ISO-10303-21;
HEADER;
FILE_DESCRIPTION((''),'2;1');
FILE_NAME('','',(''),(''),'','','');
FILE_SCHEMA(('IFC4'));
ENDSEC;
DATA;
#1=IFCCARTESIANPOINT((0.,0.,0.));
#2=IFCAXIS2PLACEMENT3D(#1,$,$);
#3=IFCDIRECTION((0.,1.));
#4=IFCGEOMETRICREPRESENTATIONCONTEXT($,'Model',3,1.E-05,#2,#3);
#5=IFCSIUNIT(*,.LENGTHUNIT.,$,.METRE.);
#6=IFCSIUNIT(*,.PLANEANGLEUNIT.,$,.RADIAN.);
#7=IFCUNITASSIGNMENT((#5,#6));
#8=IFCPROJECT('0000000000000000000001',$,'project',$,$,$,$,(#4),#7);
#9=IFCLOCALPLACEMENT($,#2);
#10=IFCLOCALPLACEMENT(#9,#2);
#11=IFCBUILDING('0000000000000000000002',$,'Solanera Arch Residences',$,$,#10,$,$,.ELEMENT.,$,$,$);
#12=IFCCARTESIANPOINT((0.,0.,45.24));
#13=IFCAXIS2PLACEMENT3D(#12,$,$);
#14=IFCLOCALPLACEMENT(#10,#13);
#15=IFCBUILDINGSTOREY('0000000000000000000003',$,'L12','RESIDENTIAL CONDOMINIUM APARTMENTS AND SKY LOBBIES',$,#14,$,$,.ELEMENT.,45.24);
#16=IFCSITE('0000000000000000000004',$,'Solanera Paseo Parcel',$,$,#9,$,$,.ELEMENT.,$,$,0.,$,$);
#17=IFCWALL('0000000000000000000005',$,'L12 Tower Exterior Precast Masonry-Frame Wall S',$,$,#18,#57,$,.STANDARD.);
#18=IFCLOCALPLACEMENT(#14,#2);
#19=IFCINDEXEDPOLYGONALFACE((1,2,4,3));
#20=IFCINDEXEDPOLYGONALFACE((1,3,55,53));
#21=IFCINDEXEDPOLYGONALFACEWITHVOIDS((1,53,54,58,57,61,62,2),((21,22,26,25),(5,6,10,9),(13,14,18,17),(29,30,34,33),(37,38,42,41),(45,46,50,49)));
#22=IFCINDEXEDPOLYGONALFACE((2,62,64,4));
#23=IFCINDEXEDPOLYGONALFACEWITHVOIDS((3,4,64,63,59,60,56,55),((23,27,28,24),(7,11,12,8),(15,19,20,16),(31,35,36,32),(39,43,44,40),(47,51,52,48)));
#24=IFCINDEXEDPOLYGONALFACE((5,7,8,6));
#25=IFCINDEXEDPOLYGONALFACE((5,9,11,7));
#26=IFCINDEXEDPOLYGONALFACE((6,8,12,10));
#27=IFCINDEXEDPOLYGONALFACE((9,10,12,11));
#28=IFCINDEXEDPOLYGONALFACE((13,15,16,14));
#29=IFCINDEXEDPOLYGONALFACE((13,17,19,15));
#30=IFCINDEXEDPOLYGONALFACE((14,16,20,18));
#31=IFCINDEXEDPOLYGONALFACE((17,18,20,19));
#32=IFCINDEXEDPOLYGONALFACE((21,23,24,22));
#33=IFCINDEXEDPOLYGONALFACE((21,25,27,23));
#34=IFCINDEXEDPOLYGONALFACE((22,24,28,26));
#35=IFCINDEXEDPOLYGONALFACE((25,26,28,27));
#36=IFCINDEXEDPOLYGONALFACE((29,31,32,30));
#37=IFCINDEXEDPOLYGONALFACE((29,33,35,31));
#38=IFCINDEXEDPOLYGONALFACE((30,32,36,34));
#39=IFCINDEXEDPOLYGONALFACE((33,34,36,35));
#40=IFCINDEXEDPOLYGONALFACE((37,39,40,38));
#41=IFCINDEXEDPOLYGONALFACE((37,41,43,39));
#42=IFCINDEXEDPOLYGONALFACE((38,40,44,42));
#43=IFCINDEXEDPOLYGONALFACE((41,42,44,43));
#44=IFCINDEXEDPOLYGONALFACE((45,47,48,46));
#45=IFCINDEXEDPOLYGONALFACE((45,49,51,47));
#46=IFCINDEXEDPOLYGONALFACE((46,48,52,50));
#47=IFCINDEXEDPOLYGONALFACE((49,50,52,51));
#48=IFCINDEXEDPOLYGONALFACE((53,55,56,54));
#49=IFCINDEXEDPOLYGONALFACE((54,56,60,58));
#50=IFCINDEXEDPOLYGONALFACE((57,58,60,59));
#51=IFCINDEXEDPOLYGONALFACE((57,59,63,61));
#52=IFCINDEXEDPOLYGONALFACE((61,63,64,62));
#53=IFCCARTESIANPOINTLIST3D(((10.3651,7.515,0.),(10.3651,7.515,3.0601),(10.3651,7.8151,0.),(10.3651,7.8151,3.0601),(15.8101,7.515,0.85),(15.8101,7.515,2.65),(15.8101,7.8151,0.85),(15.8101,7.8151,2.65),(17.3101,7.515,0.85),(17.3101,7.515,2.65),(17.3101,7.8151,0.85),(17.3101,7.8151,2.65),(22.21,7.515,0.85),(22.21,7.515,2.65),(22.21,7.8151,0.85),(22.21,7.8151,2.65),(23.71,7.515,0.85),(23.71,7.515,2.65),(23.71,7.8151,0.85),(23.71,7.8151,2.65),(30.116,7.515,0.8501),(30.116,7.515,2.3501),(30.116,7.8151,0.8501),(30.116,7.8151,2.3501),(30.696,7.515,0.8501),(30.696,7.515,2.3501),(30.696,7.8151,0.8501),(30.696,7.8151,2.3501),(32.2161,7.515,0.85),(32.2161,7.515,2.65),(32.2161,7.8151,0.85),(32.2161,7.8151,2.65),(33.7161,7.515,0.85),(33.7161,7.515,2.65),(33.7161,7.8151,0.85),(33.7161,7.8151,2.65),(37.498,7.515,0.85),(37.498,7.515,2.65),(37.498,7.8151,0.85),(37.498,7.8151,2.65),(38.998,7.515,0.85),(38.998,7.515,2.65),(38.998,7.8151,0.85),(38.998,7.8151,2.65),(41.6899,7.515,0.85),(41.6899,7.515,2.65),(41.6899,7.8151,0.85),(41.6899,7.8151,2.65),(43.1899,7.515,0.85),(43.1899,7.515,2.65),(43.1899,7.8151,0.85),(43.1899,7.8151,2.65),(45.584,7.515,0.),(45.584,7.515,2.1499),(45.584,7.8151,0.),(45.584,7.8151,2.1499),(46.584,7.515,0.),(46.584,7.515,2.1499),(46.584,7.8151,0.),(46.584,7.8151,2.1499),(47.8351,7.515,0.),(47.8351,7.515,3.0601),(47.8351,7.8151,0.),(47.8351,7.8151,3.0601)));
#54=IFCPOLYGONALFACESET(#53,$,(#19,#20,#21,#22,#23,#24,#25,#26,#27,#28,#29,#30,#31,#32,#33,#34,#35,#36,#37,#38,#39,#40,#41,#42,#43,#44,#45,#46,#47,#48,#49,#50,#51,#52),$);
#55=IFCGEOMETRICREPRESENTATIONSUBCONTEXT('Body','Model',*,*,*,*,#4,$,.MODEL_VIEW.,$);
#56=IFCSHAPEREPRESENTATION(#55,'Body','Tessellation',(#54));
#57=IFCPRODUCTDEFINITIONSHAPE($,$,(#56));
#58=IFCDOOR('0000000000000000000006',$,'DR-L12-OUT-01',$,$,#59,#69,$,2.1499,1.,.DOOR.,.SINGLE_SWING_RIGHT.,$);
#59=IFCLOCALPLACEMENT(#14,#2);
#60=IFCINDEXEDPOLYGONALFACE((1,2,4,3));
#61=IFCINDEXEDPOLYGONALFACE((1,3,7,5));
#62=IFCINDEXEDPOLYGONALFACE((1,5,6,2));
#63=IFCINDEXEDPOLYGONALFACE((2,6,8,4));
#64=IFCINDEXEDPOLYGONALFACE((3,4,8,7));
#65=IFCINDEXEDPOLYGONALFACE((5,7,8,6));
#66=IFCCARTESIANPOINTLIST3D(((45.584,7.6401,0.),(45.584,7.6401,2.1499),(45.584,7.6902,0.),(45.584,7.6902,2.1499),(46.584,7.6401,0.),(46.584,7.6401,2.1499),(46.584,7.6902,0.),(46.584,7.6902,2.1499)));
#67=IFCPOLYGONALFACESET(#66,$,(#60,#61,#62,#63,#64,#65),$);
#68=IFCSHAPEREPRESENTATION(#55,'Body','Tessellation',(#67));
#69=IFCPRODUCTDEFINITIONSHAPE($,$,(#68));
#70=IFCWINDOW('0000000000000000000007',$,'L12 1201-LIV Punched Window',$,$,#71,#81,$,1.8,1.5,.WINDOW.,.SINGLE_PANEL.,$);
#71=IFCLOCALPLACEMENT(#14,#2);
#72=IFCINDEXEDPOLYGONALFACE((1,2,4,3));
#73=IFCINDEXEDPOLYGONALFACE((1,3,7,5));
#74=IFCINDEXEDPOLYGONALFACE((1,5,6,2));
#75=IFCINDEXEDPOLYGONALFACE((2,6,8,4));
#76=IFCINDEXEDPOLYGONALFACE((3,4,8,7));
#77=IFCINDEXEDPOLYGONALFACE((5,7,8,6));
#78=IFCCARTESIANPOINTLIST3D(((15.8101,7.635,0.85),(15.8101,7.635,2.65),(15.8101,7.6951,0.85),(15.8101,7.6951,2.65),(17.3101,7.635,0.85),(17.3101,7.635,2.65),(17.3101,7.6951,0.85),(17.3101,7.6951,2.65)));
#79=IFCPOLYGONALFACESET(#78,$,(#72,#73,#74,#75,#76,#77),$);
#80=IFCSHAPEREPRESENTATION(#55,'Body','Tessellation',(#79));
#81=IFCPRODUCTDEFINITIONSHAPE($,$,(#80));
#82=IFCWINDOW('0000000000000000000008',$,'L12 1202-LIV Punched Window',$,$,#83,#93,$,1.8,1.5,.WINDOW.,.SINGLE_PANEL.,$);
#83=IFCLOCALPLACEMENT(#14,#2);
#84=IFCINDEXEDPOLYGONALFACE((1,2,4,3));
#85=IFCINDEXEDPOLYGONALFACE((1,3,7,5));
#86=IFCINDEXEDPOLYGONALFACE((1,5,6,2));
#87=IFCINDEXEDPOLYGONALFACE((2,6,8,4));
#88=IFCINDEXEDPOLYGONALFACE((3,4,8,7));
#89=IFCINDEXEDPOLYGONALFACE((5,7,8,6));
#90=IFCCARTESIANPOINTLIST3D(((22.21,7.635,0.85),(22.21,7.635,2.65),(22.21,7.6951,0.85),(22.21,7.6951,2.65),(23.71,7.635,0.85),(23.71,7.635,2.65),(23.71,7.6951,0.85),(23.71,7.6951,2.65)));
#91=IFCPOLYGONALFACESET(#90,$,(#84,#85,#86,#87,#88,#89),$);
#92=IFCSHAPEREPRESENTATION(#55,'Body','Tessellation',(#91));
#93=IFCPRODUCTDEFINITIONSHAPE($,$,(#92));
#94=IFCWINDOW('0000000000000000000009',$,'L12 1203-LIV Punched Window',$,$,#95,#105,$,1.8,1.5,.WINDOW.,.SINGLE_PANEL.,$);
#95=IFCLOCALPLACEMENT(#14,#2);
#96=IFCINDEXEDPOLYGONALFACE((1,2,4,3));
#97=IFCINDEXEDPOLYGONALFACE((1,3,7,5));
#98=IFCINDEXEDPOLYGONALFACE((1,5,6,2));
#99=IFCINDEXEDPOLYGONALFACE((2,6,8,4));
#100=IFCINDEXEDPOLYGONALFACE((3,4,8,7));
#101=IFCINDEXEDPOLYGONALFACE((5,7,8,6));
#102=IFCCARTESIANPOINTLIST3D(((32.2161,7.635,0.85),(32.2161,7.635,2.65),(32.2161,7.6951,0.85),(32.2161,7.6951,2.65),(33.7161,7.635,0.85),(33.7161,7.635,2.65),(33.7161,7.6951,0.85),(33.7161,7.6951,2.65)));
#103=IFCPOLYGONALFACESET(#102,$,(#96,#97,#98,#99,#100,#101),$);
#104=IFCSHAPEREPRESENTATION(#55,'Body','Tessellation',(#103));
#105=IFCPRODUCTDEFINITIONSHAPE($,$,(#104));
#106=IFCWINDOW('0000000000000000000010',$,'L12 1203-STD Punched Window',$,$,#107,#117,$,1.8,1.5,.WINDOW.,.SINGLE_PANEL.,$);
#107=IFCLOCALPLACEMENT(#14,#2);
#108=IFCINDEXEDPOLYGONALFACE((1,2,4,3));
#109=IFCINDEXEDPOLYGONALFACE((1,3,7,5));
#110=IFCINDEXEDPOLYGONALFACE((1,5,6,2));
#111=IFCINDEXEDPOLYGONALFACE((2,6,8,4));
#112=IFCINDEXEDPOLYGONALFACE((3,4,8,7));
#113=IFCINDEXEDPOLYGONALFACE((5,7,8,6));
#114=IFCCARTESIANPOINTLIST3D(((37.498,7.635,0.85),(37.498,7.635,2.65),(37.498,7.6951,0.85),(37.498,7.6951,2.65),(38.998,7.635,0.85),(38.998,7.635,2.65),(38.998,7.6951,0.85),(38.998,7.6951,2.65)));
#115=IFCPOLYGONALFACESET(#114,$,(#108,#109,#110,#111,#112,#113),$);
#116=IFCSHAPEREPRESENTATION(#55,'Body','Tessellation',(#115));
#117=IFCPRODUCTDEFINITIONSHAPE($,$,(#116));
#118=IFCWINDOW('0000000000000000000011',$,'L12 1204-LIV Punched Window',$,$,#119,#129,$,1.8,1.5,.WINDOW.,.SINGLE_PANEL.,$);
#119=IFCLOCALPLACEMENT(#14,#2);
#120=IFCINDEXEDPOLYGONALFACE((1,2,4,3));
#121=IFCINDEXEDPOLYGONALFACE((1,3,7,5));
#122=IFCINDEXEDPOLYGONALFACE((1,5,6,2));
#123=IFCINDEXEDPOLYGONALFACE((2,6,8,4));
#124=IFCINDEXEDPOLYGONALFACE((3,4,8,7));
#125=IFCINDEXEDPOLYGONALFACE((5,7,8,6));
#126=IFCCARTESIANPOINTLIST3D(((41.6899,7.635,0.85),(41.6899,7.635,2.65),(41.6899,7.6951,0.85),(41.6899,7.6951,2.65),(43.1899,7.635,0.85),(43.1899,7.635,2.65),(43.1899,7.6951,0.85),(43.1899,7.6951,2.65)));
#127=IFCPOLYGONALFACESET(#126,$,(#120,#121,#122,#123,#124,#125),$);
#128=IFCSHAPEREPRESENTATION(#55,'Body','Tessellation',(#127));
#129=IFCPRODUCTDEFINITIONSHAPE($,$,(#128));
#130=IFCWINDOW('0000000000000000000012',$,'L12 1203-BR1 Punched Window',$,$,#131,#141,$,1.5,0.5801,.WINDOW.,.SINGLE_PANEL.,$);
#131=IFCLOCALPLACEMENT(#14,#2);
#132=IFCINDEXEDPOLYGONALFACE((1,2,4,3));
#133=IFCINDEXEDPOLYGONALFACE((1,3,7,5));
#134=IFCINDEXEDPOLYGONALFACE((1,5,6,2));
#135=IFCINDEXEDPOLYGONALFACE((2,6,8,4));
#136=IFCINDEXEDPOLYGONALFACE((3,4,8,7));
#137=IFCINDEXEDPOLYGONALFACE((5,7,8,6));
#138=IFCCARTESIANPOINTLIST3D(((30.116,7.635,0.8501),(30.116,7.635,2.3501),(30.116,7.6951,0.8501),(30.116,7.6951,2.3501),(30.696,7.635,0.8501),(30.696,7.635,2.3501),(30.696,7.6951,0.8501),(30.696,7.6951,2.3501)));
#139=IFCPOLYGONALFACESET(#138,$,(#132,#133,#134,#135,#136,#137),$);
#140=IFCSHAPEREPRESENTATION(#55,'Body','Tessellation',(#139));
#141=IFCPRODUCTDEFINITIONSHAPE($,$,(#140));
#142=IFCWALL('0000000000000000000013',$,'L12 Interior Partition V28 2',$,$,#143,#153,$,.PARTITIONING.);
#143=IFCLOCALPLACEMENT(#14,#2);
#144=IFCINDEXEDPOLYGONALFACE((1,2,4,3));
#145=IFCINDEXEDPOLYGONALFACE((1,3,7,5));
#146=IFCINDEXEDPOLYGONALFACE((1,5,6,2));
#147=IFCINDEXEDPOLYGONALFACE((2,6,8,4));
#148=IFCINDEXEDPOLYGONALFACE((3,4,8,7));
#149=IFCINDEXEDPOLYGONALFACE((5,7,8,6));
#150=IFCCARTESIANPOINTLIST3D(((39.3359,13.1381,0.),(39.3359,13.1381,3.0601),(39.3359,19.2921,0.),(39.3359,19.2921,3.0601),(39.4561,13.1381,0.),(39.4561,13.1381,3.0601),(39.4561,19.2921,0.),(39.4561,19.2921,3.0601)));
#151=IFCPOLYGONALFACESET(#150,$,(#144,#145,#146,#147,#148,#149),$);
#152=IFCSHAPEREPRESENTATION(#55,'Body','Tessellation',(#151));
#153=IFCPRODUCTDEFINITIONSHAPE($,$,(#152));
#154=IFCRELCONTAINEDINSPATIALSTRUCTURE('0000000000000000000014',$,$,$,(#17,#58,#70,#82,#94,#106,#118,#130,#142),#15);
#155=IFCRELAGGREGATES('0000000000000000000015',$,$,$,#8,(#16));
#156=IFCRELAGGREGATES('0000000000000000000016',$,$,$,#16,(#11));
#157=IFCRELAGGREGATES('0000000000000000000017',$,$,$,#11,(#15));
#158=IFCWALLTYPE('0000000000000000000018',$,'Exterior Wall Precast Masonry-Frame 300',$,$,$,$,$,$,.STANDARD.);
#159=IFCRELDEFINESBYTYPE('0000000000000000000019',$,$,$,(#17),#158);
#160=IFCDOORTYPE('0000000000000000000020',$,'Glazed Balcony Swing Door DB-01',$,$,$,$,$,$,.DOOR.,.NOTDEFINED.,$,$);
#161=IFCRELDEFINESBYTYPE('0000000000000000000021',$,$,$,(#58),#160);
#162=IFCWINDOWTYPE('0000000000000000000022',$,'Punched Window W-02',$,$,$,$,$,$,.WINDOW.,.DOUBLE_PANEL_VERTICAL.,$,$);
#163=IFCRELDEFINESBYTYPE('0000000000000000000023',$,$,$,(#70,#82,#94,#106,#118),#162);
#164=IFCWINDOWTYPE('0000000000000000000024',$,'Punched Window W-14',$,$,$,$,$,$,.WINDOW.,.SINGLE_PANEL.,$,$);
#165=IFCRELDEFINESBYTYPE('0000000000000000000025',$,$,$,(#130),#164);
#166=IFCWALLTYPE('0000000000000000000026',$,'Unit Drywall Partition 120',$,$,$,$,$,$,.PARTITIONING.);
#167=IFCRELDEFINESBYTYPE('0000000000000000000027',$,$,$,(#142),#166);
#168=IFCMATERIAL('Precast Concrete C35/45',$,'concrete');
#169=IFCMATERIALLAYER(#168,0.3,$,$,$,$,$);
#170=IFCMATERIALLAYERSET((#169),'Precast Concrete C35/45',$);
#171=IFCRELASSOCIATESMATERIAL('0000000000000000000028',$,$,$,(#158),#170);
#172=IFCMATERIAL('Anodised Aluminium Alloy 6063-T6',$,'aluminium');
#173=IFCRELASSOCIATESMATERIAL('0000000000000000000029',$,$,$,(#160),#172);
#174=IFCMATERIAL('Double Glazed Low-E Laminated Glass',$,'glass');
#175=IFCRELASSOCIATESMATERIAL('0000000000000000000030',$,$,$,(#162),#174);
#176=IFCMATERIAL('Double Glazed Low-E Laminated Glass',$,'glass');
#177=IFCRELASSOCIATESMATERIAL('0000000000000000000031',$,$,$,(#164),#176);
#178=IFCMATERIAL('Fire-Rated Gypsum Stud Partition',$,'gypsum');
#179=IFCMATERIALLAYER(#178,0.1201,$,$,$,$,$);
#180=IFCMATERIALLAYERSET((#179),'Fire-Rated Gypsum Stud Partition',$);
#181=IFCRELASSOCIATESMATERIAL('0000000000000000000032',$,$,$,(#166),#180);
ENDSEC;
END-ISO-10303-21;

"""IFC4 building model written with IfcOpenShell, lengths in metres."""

from ifc_helpers import new_model, si_unit, direction, frame, frame_2d, origin, place, context, subcontext, project, spatial, rectangle, extrude, material, layer, layer_set, type_object, element, fill, save


model = new_model("IFC4")

# Units and contexts
model_context = context("Model", 3, precision=1e-05, world=origin(), true_north=direction((0.0, 1.0)))
body_context = subcontext(model_context, "Body", "Model", "MODEL_VIEW")
ifc_project = project(units=[si_unit("LENGTHUNIT", "METRE"), si_unit("PLANEANGLEUNIT", "RADIAN")], contexts=[model_context])

# Site, building, storey
site_placement = place(None, origin())
site = spatial("IfcSite", under=ifc_project, at=site_placement, Name="Solanera Paseo Parcel", CompositionType="ELEMENT", RefElevation=0.0)
building_placement = place(site_placement, origin())
building = spatial("IfcBuilding", under=site, at=building_placement, Name="Solanera Arch Residences", CompositionType="ELEMENT")
storey_placement = place(building_placement, frame((0.0, 0.0, 45.24)))
storey = spatial("IfcBuildingStorey", under=building, at=storey_placement, Name="L12", Description="RESIDENTIAL CONDOMINIUM APARTMENTS AND SKY LOBBIES", CompositionType="ELEMENT", Elevation=45.24)

# Shared definitions
ifc_material_1 = material(Name="Precast Concrete C35/45", Category="concrete")
ifc_layer_1 = layer(ifc_material_1, 0.3)
ifc_layer_set_1 = layer_set([ifc_layer_1], Name="Precast Concrete C35/45")
wall_type_1 = type_object("IfcWallType", Name="Exterior Wall Precast Masonry-Frame 300", PredefinedType="STANDARD", material=ifc_layer_set_1)

# Wall, openings, door, windows
wall_1_placement = place(storey_placement, frame((47.835, 7.665, 0.0), z_axis=(0.0, 0.0, 1.0), x_axis=(-1.0, 0.0, 0.0)))
wall_1 = element("IfcWall", 1, at=wall_1_placement, inside=storey, type_object=wall_type_1, Name="L12 Tower Exterior Precast Masonry-Frame Wall S", PredefinedType="STANDARD", context=body_context, shape_type="SweptSolid", body=[
    extrude(rectangle(XDim=37.47, YDim=0.3, at=frame_2d((18.7349, 0.0))), origin(), (0.0, 0.0, 1.0), 3.0601),
])
opening_1_placement = place(wall_1_placement, frame((1.251, 0.0, 0.0)))
opening_1 = element("IfcOpeningElement", 2, at=opening_1_placement, cuts=wall_1, PredefinedType="OPENING", context=body_context, shape_type="SweptSolid", body=[
    extrude(rectangle(XDim=1.0, YDim=2.1499, at=frame_2d((0.5, 1.075))), frame((0.0, 0.1599, 0.0), z_axis=(0.0, -1.0, 0.0), x_axis=(1.0, 0.0, 0.0)), (0.0, 0.0, 1.0), 0.32),
])
opening_2_placement = place(wall_1_placement, frame((30.5249, 0.0, 0.8501)))
opening_2 = element("IfcOpeningElement", 3, at=opening_2_placement, cuts=wall_1, PredefinedType="OPENING", context=body_context, shape_type="SweptSolid", body=[
    extrude(rectangle(XDim=1.5, YDim=1.8, at=frame_2d((0.75, 0.8999))), frame((0.0, 0.1599, 0.0), z_axis=(0.0, -1.0, 0.0), x_axis=(1.0, 0.0, 0.0)), (0.0, 0.0, 1.0), 0.32),
])
opening_3_placement = place(wall_1_placement, frame((24.125, 0.0, 0.8501)))
opening_3 = element("IfcOpeningElement", 4, at=opening_3_placement, cuts=wall_1, PredefinedType="OPENING", context=body_context, shape_type="SweptSolid", body=[
    extrude(rectangle(XDim=1.5, YDim=1.8, at=frame_2d((0.75, 0.8999))), frame((0.0, 0.1599, 0.0), z_axis=(0.0, -1.0, 0.0), x_axis=(1.0, 0.0, 0.0)), (0.0, 0.0, 1.0), 0.32),
])
opening_4_placement = place(wall_1_placement, frame((14.1189, 0.0, 0.8501)))
opening_4 = element("IfcOpeningElement", 5, at=opening_4_placement, cuts=wall_1, PredefinedType="OPENING", context=body_context, shape_type="SweptSolid", body=[
    extrude(rectangle(XDim=1.5, YDim=1.8, at=frame_2d((0.75, 0.8999))), frame((0.0, 0.1599, 0.0), z_axis=(0.0, -1.0, 0.0), x_axis=(1.0, 0.0, 0.0)), (0.0, 0.0, 1.0), 0.32),
])
opening_5_placement = place(wall_1_placement, frame((17.1389, 0.0, 0.8501)))
opening_5 = element("IfcOpeningElement", 6, at=opening_5_placement, cuts=wall_1, PredefinedType="OPENING", context=body_context, shape_type="SweptSolid", body=[
    extrude(rectangle(XDim=0.5801, YDim=1.5, at=frame_2d((0.29, 0.75))), frame((0.0, 0.1599, 0.0), z_axis=(0.0, -1.0, 0.0), x_axis=(1.0, 0.0, 0.0)), (0.0, 0.0, 1.0), 0.32),
])
opening_6_placement = place(wall_1_placement, frame((8.8369, 0.0, 0.8501)))
opening_6 = element("IfcOpeningElement", 7, at=opening_6_placement, cuts=wall_1, PredefinedType="OPENING", context=body_context, shape_type="SweptSolid", body=[
    extrude(rectangle(XDim=1.5, YDim=1.8, at=frame_2d((0.75, 0.8999))), frame((0.0, 0.1599, 0.0), z_axis=(0.0, -1.0, 0.0), x_axis=(1.0, 0.0, 0.0)), (0.0, 0.0, 1.0), 0.32),
])
opening_7_placement = place(wall_1_placement, frame((4.645, 0.0, 0.8501)))
opening_7 = element("IfcOpeningElement", 8, at=opening_7_placement, cuts=wall_1, PredefinedType="OPENING", context=body_context, shape_type="SweptSolid", body=[
    extrude(rectangle(XDim=1.5, YDim=1.8, at=frame_2d((0.75, 0.8999))), frame((0.0, 0.1599, 0.0), z_axis=(0.0, -1.0, 0.0), x_axis=(1.0, 0.0, 0.0)), (0.0, 0.0, 1.0), 0.32),
])
ifc_material_2 = material(Name="Anodised Aluminium Alloy 6063-T6", Category="aluminium")
door_type_1 = type_object("IfcDoorType", Name="Glazed Balcony Swing Door DB-01", OperationType="NOTDEFINED", PredefinedType="DOOR", material=ifc_material_2)
door_1_placement = place(opening_1_placement, origin())
door_1 = element("IfcDoor", 9, at=door_1_placement, inside=storey, type_object=door_type_1, Name="DR-L12-OUT-01", OperationType="SINGLE_SWING_RIGHT", OverallHeight=2.1499, OverallWidth=1.0, PredefinedType="DOOR", context=body_context, shape_type="SweptSolid", body=[
    extrude(rectangle(XDim=1.0, YDim=2.1499, at=frame_2d((0.5, 1.075))), frame((0.0, 0.0249, 0.0), z_axis=(0.0, -1.0, 0.0), x_axis=(1.0, 0.0, 0.0)), (0.0, 0.0, 1.0), 0.05),
])
fill(opening_1, door_1)
ifc_material_3 = material(Name="Double Glazed Low-E Laminated Glass", Category="glass")
window_type_1 = type_object("IfcWindowType", Name="Punched Window W-02", PartitioningType="DOUBLE_PANEL_VERTICAL", PredefinedType="WINDOW", material=ifc_material_3)
window_1_placement = place(opening_2_placement, origin())
window_1 = element("IfcWindow", 10, at=window_1_placement, inside=storey, type_object=window_type_1, Name="L12 1201-LIV Punched Window", OverallHeight=1.8, OverallWidth=1.5, PartitioningType="SINGLE_PANEL", PredefinedType="WINDOW", context=body_context, shape_type="SweptSolid", body=[
    extrude(rectangle(XDim=1.5, YDim=1.8, at=frame_2d((0.75, 0.8999))), frame((0.0, 0.03, 0.0), z_axis=(0.0, -1.0, 0.0), x_axis=(1.0, 0.0, 0.0)), (0.0, 0.0, 1.0), 0.0601),
])
fill(opening_2, window_1)
window_2_placement = place(opening_3_placement, origin())
window_2 = element("IfcWindow", 11, at=window_2_placement, inside=storey, type_object=window_type_1, Name="L12 1202-LIV Punched Window", OverallHeight=1.8, OverallWidth=1.5, PartitioningType="SINGLE_PANEL", PredefinedType="WINDOW", context=body_context, shape_type="SweptSolid", body=[
    extrude(rectangle(XDim=1.5, YDim=1.8, at=frame_2d((0.75, 0.8999))), frame((0.0, 0.03, 0.0), z_axis=(0.0, -1.0, 0.0), x_axis=(1.0, 0.0, 0.0)), (0.0, 0.0, 1.0), 0.0601),
])
fill(opening_3, window_2)
window_3_placement = place(opening_4_placement, origin())
window_3 = element("IfcWindow", 12, at=window_3_placement, inside=storey, type_object=window_type_1, Name="L12 1203-LIV Punched Window", OverallHeight=1.8, OverallWidth=1.5, PartitioningType="SINGLE_PANEL", PredefinedType="WINDOW", context=body_context, shape_type="SweptSolid", body=[
    extrude(rectangle(XDim=1.5, YDim=1.8, at=frame_2d((0.75, 0.8999))), frame((0.0, 0.03, 0.0), z_axis=(0.0, -1.0, 0.0), x_axis=(1.0, 0.0, 0.0)), (0.0, 0.0, 1.0), 0.0601),
])
fill(opening_4, window_3)
window_4_placement = place(opening_6_placement, origin())
window_4 = element("IfcWindow", 13, at=window_4_placement, inside=storey, type_object=window_type_1, Name="L12 1203-STD Punched Window", OverallHeight=1.8, OverallWidth=1.5, PartitioningType="SINGLE_PANEL", PredefinedType="WINDOW", context=body_context, shape_type="SweptSolid", body=[
    extrude(rectangle(XDim=1.5, YDim=1.8, at=frame_2d((0.75, 0.8999))), frame((0.0, 0.03, 0.0), z_axis=(0.0, -1.0, 0.0), x_axis=(1.0, 0.0, 0.0)), (0.0, 0.0, 1.0), 0.0601),
])
fill(opening_6, window_4)
window_5_placement = place(opening_7_placement, origin())
window_5 = element("IfcWindow", 14, at=window_5_placement, inside=storey, type_object=window_type_1, Name="L12 1204-LIV Punched Window", OverallHeight=1.8, OverallWidth=1.5, PartitioningType="SINGLE_PANEL", PredefinedType="WINDOW", context=body_context, shape_type="SweptSolid", body=[
    extrude(rectangle(XDim=1.5, YDim=1.8, at=frame_2d((0.75, 0.8999))), frame((0.0, 0.03, 0.0), z_axis=(0.0, -1.0, 0.0), x_axis=(1.0, 0.0, 0.0)), (0.0, 0.0, 1.0), 0.0601),
])
fill(opening_7, window_5)
ifc_material_4 = material(Name="Double Glazed Low-E Laminated Glass", Category="glass")
window_type_2 = type_object("IfcWindowType", Name="Punched Window W-14", PartitioningType="SINGLE_PANEL", PredefinedType="WINDOW", material=ifc_material_4)
window_6_placement = place(opening_5_placement, origin())
window_6 = element("IfcWindow", 15, at=window_6_placement, inside=storey, type_object=window_type_2, Name="L12 1203-BR1 Punched Window", OverallHeight=1.5, OverallWidth=0.5801, PartitioningType="SINGLE_PANEL", PredefinedType="WINDOW", context=body_context, shape_type="SweptSolid", body=[
    extrude(rectangle(XDim=0.5801, YDim=1.5, at=frame_2d((0.29, 0.75))), frame((0.0, 0.03, 0.0), z_axis=(0.0, -1.0, 0.0), x_axis=(1.0, 0.0, 0.0)), (0.0, 0.0, 1.0), 0.0601),
])
fill(opening_5, window_6)

# Wall
ifc_material_5 = material(Name="Fire-Rated Gypsum Stud Partition", Category="gypsum")
ifc_layer_2 = layer(ifc_material_5, 0.1201)
ifc_layer_set_2 = layer_set([ifc_layer_2], Name="Fire-Rated Gypsum Stud Partition")
wall_type_2 = type_object("IfcWallType", Name="Unit Drywall Partition 120", PredefinedType="PARTITIONING", material=ifc_layer_set_2)
wall_2_placement = place(storey_placement, frame((39.396, 13.1379, 0.0), z_axis=(0.0, 0.0, 1.0), x_axis=(0.0, 1.0, 0.0)))
element("IfcWall", 16, at=wall_2_placement, inside=storey, type_object=wall_type_2, Name="L12 Interior Partition V28 2", PredefinedType="PARTITIONING", context=body_context, shape_type="SweptSolid", body=[
    extrude(rectangle(XDim=6.1541, YDim=0.1201, at=frame_2d((3.0771, 0.0))), origin(), (0.0, 0.0, 1.0), 3.0601),
])

save(model, "model.ifc")
